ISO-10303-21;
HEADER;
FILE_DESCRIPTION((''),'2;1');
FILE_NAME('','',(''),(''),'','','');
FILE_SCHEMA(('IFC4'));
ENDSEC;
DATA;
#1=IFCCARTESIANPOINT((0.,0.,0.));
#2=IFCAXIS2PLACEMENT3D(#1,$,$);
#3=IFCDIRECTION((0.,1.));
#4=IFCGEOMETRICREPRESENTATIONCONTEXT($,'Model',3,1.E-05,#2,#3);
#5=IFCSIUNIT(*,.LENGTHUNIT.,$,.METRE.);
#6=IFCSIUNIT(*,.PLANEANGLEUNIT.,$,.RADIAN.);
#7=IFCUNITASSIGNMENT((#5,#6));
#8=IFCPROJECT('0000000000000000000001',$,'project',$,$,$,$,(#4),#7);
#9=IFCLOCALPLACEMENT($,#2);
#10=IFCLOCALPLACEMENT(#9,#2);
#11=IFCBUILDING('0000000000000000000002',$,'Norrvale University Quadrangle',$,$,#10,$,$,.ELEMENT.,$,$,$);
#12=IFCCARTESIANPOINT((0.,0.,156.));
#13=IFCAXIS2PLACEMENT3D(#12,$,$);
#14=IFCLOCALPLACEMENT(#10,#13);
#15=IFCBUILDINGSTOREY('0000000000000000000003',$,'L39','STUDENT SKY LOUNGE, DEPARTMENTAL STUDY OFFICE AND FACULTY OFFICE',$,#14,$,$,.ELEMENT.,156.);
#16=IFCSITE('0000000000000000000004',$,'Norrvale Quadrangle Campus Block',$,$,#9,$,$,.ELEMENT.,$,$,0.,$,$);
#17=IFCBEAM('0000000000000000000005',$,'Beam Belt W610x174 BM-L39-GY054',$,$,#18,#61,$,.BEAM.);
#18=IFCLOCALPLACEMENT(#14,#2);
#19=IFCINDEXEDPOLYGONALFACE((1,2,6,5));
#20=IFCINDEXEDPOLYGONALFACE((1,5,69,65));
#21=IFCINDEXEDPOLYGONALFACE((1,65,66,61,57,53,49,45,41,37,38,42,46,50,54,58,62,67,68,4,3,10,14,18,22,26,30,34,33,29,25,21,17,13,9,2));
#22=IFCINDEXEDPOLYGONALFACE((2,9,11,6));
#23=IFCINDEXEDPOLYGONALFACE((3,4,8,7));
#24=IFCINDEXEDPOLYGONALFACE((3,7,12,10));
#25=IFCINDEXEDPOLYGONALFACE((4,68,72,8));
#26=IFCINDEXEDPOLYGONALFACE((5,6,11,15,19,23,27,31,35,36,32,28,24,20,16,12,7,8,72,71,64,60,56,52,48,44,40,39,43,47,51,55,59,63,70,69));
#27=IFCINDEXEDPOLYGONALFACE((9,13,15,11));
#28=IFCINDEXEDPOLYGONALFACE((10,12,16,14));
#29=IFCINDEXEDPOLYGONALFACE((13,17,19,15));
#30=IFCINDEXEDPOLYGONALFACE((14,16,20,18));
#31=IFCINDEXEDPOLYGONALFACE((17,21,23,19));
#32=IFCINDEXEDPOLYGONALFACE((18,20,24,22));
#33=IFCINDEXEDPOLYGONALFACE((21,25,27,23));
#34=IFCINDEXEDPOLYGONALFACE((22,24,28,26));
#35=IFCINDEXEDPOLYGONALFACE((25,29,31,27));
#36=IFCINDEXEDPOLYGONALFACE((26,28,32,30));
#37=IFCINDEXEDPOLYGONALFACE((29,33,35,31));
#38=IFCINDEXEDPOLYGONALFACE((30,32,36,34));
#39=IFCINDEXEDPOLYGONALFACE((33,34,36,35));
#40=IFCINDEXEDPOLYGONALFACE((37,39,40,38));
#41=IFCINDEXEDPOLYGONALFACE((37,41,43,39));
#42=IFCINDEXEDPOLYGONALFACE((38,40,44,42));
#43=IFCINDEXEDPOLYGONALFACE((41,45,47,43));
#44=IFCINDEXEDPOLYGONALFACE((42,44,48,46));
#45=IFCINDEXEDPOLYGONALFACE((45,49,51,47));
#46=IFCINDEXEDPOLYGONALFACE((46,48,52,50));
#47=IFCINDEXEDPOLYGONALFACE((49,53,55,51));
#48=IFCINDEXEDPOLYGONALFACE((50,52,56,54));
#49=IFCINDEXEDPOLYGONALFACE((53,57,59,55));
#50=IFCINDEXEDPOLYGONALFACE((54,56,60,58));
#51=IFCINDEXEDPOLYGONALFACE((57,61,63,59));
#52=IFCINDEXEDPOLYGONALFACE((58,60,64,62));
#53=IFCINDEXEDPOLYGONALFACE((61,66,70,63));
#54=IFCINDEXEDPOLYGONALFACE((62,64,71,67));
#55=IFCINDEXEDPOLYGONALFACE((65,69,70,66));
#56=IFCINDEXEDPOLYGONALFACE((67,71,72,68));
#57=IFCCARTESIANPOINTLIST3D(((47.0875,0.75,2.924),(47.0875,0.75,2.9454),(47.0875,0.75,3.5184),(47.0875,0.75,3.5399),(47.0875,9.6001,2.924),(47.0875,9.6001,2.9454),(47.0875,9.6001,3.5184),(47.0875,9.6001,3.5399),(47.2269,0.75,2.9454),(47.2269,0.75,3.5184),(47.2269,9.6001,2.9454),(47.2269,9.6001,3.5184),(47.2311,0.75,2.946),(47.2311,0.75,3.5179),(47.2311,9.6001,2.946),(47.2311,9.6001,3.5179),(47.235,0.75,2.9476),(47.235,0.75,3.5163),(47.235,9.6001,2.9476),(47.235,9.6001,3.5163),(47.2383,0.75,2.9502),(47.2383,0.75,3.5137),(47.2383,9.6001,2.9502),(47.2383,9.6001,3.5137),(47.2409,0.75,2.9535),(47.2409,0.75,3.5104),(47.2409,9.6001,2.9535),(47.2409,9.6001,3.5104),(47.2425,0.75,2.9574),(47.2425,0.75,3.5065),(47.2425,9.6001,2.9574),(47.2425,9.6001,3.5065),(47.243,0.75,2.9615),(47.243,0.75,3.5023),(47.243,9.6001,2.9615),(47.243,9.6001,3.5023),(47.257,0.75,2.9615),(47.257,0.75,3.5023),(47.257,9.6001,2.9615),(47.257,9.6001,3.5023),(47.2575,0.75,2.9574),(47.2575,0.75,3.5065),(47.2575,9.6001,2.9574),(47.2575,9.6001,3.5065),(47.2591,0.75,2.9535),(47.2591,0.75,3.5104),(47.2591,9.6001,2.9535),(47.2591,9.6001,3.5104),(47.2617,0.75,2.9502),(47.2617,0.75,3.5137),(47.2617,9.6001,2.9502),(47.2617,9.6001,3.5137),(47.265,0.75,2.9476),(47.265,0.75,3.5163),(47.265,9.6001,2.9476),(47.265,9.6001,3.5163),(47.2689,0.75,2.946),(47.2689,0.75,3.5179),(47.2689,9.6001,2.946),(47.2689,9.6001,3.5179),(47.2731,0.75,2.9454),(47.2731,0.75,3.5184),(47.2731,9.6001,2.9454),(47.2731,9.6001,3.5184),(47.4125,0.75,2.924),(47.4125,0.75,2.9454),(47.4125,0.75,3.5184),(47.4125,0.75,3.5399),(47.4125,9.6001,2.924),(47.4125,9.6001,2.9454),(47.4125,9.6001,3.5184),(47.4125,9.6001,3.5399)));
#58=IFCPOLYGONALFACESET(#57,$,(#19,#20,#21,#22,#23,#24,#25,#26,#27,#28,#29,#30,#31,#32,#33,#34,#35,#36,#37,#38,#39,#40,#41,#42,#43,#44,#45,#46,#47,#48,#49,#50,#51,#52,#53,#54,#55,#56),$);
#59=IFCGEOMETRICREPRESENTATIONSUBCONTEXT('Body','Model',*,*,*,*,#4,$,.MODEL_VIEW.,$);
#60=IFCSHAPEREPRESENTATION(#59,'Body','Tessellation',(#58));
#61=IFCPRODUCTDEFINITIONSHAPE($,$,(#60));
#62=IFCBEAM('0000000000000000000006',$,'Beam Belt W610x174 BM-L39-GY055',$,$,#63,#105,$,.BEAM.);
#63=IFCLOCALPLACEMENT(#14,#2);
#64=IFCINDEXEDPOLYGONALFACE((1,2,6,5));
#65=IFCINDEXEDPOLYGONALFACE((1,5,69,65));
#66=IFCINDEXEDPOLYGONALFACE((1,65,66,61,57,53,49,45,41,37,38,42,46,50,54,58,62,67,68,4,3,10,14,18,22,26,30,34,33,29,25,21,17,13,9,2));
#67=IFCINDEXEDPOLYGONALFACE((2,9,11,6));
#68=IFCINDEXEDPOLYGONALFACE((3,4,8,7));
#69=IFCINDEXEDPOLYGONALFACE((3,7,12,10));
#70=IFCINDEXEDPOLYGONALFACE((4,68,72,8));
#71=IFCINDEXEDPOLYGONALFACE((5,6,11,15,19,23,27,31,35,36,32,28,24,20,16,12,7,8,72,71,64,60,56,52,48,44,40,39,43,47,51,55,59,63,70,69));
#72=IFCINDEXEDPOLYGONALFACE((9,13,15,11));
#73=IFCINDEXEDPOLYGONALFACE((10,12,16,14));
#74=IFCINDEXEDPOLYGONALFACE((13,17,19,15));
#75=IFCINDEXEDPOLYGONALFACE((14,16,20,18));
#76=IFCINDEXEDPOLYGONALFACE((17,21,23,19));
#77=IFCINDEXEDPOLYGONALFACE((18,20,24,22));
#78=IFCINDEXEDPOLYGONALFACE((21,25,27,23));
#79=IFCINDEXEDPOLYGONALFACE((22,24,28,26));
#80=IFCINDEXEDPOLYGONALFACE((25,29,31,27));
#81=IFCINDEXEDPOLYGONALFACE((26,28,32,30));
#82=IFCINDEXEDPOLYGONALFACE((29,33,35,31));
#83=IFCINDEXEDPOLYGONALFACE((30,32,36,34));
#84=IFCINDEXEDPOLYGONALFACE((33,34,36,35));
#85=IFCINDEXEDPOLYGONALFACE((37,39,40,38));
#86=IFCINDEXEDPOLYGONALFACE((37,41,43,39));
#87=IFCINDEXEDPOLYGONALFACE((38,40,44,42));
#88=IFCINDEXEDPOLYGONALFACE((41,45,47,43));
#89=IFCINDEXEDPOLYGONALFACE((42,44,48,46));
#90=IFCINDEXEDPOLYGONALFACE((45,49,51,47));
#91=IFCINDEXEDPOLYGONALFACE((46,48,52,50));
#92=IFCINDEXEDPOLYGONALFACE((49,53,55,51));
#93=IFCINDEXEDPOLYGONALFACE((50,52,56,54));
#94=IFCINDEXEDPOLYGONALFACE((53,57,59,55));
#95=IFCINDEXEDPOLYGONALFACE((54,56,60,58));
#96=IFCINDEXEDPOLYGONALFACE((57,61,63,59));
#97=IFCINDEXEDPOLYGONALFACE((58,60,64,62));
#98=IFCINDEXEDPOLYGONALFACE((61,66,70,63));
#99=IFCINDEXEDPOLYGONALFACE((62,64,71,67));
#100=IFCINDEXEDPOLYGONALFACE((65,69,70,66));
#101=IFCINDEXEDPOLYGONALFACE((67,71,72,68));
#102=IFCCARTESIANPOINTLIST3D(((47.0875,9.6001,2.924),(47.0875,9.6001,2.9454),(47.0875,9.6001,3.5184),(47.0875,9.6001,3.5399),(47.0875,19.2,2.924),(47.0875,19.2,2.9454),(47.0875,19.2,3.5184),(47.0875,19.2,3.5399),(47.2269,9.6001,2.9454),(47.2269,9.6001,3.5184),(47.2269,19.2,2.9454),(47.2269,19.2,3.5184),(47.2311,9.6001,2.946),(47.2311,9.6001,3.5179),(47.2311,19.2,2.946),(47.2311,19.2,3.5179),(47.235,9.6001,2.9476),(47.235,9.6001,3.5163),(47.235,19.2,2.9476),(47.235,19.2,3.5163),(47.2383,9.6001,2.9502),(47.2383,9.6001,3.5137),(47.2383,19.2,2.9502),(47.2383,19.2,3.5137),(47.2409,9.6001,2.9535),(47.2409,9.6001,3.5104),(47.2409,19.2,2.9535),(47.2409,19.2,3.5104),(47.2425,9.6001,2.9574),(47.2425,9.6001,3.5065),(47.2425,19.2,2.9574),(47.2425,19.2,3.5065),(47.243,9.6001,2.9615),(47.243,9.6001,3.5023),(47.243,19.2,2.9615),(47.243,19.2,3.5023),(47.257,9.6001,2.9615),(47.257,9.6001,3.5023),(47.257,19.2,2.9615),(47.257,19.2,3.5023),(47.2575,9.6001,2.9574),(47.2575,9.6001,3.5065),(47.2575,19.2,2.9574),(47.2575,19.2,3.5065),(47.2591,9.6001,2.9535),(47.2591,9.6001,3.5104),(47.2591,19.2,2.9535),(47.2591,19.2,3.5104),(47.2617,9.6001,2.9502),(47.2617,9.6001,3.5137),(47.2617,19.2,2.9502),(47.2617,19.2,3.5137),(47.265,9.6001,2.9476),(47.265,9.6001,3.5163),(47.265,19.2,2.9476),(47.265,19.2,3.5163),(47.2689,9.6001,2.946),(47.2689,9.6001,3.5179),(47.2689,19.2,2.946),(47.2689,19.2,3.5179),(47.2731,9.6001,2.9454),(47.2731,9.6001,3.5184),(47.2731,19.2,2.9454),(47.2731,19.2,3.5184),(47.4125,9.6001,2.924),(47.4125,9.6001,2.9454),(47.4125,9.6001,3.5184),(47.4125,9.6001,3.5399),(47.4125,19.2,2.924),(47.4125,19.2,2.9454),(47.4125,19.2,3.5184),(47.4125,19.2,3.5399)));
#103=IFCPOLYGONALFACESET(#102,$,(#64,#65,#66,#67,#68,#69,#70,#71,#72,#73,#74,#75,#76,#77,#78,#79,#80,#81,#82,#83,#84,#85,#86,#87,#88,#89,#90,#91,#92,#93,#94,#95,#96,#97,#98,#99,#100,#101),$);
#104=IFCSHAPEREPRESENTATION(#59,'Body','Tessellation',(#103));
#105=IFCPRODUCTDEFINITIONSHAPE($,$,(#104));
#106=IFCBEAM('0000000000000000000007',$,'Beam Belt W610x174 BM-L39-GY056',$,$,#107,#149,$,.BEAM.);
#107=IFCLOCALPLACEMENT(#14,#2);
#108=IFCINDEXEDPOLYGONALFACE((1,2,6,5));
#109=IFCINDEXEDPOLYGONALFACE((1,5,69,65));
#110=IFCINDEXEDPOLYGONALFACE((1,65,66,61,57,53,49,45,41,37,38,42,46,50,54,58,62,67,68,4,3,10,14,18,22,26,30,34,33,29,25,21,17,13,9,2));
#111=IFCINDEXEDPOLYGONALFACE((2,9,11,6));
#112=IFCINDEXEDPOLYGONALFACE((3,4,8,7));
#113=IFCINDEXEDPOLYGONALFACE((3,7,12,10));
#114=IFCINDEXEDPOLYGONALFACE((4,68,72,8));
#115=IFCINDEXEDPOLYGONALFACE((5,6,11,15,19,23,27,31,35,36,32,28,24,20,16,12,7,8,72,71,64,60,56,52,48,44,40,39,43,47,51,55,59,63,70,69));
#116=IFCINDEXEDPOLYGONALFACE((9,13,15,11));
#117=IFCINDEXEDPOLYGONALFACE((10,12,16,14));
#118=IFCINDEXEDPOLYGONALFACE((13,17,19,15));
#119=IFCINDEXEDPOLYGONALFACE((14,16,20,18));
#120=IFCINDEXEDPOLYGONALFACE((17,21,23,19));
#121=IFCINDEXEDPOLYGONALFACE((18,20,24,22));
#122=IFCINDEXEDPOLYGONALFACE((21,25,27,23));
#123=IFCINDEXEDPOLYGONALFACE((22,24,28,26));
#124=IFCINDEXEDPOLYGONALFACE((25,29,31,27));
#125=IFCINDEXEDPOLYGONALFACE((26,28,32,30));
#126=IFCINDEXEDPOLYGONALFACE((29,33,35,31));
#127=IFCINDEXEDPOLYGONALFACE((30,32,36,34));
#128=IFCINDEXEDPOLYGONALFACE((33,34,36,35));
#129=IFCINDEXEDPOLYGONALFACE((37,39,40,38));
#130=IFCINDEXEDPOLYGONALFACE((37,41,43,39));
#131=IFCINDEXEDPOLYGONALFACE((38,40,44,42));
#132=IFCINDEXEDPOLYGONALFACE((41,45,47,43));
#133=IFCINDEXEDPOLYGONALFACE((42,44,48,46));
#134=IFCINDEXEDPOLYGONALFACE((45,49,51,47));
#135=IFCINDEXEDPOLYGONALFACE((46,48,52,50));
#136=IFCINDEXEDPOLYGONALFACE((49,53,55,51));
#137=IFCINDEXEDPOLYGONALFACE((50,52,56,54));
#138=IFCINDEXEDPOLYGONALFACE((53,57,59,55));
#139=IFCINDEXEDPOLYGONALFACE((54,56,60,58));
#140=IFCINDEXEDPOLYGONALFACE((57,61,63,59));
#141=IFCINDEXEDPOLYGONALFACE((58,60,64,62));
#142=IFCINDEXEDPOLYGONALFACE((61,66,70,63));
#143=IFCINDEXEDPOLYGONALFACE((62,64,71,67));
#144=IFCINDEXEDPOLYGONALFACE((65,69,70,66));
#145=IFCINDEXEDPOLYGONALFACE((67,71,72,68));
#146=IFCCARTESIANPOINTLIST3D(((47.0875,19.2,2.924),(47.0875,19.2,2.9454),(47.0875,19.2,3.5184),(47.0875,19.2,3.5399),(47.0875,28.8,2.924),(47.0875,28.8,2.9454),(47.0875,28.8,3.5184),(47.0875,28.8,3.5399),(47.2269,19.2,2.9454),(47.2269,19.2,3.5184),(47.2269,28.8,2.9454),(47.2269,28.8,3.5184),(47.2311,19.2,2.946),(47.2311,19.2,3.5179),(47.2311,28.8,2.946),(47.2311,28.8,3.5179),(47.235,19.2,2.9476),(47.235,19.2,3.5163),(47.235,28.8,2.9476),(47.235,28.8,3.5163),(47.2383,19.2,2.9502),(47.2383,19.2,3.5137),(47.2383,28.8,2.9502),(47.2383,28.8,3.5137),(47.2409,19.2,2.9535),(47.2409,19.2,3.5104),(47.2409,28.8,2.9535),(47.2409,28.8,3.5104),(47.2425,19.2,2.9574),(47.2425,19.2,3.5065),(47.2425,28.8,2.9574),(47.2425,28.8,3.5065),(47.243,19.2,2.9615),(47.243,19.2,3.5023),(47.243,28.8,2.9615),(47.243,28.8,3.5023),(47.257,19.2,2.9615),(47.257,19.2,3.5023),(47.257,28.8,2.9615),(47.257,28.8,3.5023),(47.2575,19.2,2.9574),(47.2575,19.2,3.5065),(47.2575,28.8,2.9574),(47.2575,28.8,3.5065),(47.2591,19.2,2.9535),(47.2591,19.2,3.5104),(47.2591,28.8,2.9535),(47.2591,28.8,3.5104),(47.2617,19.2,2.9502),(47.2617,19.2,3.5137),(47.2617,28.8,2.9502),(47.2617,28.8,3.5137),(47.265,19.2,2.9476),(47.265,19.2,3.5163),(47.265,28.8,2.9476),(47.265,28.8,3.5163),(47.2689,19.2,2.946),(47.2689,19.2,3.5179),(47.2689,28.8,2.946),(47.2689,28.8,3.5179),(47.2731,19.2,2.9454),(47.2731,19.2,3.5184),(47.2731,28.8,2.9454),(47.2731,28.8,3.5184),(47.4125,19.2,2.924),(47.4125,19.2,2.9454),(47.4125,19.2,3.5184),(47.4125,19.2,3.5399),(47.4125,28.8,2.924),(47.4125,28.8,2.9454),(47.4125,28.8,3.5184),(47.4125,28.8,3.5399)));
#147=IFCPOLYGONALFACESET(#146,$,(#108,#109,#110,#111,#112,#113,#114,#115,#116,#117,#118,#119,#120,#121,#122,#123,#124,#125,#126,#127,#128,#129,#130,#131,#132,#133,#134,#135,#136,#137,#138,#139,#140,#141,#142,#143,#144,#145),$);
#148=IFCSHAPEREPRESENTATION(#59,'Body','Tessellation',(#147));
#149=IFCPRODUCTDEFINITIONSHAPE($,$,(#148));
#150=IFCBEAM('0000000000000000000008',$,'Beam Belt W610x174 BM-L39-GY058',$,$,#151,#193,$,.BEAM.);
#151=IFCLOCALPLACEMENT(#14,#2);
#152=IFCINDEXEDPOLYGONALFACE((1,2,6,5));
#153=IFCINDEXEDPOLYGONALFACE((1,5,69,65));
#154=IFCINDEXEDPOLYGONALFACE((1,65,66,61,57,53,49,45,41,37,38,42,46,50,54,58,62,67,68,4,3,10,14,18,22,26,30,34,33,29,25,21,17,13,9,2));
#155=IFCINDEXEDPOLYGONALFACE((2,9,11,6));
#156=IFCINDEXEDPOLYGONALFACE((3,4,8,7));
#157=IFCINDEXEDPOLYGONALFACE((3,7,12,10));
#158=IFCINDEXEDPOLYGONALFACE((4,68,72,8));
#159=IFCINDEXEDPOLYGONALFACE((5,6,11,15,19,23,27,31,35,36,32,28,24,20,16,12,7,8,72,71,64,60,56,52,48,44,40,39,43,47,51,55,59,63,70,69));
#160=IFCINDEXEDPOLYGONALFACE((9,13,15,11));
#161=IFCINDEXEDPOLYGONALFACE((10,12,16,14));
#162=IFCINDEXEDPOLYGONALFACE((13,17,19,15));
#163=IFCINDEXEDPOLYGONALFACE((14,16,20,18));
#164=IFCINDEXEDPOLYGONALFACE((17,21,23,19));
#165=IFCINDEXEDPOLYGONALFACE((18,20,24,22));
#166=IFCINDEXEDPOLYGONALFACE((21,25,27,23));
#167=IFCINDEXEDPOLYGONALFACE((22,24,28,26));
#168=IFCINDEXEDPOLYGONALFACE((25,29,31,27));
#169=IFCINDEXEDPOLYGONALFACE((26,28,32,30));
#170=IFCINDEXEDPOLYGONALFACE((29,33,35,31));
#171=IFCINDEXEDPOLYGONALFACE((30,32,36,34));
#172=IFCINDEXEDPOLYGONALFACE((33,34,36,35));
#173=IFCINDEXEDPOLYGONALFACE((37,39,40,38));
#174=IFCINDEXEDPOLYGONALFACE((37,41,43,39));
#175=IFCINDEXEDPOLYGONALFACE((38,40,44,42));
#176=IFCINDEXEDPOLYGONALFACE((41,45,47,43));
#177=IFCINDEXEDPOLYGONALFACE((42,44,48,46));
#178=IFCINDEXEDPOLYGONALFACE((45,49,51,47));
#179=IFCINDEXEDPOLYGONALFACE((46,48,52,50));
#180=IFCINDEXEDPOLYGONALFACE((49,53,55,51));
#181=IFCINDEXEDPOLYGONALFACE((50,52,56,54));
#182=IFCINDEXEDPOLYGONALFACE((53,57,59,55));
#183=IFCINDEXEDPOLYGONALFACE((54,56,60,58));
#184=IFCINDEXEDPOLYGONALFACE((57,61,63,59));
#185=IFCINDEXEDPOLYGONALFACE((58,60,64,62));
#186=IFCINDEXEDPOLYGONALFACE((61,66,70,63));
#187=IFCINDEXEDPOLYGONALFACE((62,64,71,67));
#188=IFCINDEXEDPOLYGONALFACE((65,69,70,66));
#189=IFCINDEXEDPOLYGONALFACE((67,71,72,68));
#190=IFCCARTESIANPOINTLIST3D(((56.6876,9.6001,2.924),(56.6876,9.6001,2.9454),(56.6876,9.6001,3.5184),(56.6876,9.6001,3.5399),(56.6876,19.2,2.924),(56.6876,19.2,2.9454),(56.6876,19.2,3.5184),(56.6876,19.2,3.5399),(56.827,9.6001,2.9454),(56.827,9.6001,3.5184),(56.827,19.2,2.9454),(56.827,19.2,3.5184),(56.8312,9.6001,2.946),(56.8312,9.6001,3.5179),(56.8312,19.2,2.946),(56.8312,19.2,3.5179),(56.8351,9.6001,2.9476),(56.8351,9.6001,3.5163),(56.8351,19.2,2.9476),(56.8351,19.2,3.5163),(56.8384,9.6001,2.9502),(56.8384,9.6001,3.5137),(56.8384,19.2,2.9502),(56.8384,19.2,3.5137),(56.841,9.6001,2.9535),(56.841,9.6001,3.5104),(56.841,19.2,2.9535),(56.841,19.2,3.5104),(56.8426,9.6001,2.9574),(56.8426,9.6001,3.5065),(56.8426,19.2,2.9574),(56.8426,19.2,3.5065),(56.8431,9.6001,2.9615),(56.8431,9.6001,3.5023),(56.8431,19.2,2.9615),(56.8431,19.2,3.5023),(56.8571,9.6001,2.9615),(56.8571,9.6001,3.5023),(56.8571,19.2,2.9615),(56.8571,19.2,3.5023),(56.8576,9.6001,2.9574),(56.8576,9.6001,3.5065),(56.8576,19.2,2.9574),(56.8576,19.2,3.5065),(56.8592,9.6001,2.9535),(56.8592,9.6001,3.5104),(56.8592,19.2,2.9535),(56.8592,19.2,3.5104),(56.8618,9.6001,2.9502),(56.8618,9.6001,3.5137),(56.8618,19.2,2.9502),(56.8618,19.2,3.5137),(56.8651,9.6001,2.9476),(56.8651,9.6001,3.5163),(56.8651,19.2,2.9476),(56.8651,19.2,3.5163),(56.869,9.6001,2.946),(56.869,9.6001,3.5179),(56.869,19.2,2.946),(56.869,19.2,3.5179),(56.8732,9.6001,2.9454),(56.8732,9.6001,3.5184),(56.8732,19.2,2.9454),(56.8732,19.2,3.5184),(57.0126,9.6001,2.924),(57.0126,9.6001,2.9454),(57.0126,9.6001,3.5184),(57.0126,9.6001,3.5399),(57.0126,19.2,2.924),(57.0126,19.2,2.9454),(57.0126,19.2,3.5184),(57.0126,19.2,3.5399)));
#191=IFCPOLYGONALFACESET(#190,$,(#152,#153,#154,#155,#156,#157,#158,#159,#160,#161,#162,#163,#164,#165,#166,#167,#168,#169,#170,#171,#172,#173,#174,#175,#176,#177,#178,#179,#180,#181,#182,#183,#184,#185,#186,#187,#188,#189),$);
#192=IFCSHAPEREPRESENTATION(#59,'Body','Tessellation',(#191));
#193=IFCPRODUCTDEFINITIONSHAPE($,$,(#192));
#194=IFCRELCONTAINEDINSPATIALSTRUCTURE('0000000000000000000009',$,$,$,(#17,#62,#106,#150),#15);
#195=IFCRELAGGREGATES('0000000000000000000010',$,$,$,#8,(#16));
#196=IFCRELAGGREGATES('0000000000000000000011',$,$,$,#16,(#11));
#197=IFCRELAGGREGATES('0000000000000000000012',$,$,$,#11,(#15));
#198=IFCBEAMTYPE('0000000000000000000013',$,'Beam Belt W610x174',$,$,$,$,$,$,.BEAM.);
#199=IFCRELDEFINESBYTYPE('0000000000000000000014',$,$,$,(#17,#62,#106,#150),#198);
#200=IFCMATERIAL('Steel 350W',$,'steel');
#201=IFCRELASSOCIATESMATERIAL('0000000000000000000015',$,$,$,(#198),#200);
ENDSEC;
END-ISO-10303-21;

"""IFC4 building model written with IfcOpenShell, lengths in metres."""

from ifc_helpers import new_model, si_unit, direction, frame, origin, origin_2d, place, context, subcontext, project, spatial, i_section, extrude, material, material_profile, profile_set, type_object, element, save


model = new_model("IFC4")

# Units and contexts
model_context = context("Model", 3, precision=1e-05, world=origin(), true_north=direction((0.0, 1.0)))
body_context = subcontext(model_context, "Body", "Model", "MODEL_VIEW")
ifc_project = project(units=[si_unit("LENGTHUNIT", "METRE"), si_unit("PLANEANGLEUNIT", "RADIAN")], contexts=[model_context])

# Site, building, storey
site_placement = place(None, origin())
site = spatial("IfcSite", under=ifc_project, at=site_placement, Name="Norrvale Quadrangle Campus Block", CompositionType="ELEMENT", RefElevation=0.0)
building_placement = place(site_placement, origin())
building = spatial("IfcBuilding", under=site, at=building_placement, Name="Norrvale University Quadrangle", CompositionType="ELEMENT")
storey_placement = place(building_placement, frame((0.0, 0.0, 156.0)))
storey = spatial("IfcBuildingStorey", under=building, at=storey_placement, Name="L39", Description="STUDENT SKY LOUNGE, DEPARTMENTAL STUDY OFFICE AND FACULTY OFFICE", CompositionType="ELEMENT", Elevation=156.0)

# Beams
ifc_material_1 = material(Name="Steel 350W", Category="steel")
ifc_material_profile_1 = material_profile(ifc_material_1, i_section(OverallWidth=0.325, OverallDepth=0.616, WebThickness=0.0139, FlangeThickness=0.0215, FilletRadius=0.0161, at=origin_2d()), Name="Steel 350W")
ifc_profile_set_1 = profile_set([ifc_material_profile_1], Name="Steel 350W")
beam_type_1 = type_object("IfcBeamType", Name="Beam Belt W610x174", PredefinedType="BEAM", material=ifc_profile_set_1)
beam_1_placement = place(storey_placement, frame((47.25, 0.75, 3.2319), z_axis=(0.0, 1.0, 0.0), x_axis=(-1.0, 0.0, 0.0)))
element("IfcBeam", 1, at=beam_1_placement, inside=storey, type_object=beam_type_1, Name="Beam Belt W610x174 BM-L39-GY054", PredefinedType="BEAM", context=body_context, shape_type="SweptSolid", body=[
    extrude(i_section(OverallWidth=0.325, OverallDepth=0.616, WebThickness=0.0139, FlangeThickness=0.0215, FilletRadius=0.0161, at=origin_2d()), origin(), (0.0, 0.0, 1.0), 8.8501),
])
beam_2_placement = place(storey_placement, frame((47.25, 9.6001, 3.2319), z_axis=(0.0, 1.0, 0.0), x_axis=(-1.0, 0.0, 0.0)))
element("IfcBeam", 2, at=beam_2_placement, inside=storey, type_object=beam_type_1, Name="Beam Belt W610x174 BM-L39-GY055", PredefinedType="BEAM", context=body_context, shape_type="SweptSolid", body=[
    extrude(i_section(OverallWidth=0.325, OverallDepth=0.616, WebThickness=0.0139, FlangeThickness=0.0215, FilletRadius=0.0161, at=origin_2d()), origin(), (0.0, 0.0, 1.0), 9.5999),
])
beam_3_placement = place(storey_placement, frame((47.25, 19.2, 3.2319), z_axis=(0.0, 1.0, 0.0), x_axis=(-1.0, 0.0, 0.0)))
element("IfcBeam", 3, at=beam_3_placement, inside=storey, type_object=beam_type_1, Name="Beam Belt W610x174 BM-L39-GY056", PredefinedType="BEAM", context=body_context, shape_type="SweptSolid", body=[
    extrude(i_section(OverallWidth=0.325, OverallDepth=0.616, WebThickness=0.0139, FlangeThickness=0.0215, FilletRadius=0.0161, at=origin_2d()), origin(), (0.0, 0.0, 1.0), 9.6001),
])
beam_4_placement = place(storey_placement, frame((56.8501, 9.6001, 3.2319), z_axis=(0.0, 1.0, 0.0), x_axis=(-1.0, 0.0, 0.0)))
element("IfcBeam", 4, at=beam_4_placement, inside=storey, type_object=beam_type_1, Name="Beam Belt W610x174 BM-L39-GY058", PredefinedType="BEAM", context=body_context, shape_type="SweptSolid", body=[
    extrude(i_section(OverallWidth=0.325, OverallDepth=0.616, WebThickness=0.0139, FlangeThickness=0.0215, FilletRadius=0.0161, at=origin_2d()), origin(), (0.0, 0.0, 1.0), 9.5999),
])

save(model, "model.ifc")
